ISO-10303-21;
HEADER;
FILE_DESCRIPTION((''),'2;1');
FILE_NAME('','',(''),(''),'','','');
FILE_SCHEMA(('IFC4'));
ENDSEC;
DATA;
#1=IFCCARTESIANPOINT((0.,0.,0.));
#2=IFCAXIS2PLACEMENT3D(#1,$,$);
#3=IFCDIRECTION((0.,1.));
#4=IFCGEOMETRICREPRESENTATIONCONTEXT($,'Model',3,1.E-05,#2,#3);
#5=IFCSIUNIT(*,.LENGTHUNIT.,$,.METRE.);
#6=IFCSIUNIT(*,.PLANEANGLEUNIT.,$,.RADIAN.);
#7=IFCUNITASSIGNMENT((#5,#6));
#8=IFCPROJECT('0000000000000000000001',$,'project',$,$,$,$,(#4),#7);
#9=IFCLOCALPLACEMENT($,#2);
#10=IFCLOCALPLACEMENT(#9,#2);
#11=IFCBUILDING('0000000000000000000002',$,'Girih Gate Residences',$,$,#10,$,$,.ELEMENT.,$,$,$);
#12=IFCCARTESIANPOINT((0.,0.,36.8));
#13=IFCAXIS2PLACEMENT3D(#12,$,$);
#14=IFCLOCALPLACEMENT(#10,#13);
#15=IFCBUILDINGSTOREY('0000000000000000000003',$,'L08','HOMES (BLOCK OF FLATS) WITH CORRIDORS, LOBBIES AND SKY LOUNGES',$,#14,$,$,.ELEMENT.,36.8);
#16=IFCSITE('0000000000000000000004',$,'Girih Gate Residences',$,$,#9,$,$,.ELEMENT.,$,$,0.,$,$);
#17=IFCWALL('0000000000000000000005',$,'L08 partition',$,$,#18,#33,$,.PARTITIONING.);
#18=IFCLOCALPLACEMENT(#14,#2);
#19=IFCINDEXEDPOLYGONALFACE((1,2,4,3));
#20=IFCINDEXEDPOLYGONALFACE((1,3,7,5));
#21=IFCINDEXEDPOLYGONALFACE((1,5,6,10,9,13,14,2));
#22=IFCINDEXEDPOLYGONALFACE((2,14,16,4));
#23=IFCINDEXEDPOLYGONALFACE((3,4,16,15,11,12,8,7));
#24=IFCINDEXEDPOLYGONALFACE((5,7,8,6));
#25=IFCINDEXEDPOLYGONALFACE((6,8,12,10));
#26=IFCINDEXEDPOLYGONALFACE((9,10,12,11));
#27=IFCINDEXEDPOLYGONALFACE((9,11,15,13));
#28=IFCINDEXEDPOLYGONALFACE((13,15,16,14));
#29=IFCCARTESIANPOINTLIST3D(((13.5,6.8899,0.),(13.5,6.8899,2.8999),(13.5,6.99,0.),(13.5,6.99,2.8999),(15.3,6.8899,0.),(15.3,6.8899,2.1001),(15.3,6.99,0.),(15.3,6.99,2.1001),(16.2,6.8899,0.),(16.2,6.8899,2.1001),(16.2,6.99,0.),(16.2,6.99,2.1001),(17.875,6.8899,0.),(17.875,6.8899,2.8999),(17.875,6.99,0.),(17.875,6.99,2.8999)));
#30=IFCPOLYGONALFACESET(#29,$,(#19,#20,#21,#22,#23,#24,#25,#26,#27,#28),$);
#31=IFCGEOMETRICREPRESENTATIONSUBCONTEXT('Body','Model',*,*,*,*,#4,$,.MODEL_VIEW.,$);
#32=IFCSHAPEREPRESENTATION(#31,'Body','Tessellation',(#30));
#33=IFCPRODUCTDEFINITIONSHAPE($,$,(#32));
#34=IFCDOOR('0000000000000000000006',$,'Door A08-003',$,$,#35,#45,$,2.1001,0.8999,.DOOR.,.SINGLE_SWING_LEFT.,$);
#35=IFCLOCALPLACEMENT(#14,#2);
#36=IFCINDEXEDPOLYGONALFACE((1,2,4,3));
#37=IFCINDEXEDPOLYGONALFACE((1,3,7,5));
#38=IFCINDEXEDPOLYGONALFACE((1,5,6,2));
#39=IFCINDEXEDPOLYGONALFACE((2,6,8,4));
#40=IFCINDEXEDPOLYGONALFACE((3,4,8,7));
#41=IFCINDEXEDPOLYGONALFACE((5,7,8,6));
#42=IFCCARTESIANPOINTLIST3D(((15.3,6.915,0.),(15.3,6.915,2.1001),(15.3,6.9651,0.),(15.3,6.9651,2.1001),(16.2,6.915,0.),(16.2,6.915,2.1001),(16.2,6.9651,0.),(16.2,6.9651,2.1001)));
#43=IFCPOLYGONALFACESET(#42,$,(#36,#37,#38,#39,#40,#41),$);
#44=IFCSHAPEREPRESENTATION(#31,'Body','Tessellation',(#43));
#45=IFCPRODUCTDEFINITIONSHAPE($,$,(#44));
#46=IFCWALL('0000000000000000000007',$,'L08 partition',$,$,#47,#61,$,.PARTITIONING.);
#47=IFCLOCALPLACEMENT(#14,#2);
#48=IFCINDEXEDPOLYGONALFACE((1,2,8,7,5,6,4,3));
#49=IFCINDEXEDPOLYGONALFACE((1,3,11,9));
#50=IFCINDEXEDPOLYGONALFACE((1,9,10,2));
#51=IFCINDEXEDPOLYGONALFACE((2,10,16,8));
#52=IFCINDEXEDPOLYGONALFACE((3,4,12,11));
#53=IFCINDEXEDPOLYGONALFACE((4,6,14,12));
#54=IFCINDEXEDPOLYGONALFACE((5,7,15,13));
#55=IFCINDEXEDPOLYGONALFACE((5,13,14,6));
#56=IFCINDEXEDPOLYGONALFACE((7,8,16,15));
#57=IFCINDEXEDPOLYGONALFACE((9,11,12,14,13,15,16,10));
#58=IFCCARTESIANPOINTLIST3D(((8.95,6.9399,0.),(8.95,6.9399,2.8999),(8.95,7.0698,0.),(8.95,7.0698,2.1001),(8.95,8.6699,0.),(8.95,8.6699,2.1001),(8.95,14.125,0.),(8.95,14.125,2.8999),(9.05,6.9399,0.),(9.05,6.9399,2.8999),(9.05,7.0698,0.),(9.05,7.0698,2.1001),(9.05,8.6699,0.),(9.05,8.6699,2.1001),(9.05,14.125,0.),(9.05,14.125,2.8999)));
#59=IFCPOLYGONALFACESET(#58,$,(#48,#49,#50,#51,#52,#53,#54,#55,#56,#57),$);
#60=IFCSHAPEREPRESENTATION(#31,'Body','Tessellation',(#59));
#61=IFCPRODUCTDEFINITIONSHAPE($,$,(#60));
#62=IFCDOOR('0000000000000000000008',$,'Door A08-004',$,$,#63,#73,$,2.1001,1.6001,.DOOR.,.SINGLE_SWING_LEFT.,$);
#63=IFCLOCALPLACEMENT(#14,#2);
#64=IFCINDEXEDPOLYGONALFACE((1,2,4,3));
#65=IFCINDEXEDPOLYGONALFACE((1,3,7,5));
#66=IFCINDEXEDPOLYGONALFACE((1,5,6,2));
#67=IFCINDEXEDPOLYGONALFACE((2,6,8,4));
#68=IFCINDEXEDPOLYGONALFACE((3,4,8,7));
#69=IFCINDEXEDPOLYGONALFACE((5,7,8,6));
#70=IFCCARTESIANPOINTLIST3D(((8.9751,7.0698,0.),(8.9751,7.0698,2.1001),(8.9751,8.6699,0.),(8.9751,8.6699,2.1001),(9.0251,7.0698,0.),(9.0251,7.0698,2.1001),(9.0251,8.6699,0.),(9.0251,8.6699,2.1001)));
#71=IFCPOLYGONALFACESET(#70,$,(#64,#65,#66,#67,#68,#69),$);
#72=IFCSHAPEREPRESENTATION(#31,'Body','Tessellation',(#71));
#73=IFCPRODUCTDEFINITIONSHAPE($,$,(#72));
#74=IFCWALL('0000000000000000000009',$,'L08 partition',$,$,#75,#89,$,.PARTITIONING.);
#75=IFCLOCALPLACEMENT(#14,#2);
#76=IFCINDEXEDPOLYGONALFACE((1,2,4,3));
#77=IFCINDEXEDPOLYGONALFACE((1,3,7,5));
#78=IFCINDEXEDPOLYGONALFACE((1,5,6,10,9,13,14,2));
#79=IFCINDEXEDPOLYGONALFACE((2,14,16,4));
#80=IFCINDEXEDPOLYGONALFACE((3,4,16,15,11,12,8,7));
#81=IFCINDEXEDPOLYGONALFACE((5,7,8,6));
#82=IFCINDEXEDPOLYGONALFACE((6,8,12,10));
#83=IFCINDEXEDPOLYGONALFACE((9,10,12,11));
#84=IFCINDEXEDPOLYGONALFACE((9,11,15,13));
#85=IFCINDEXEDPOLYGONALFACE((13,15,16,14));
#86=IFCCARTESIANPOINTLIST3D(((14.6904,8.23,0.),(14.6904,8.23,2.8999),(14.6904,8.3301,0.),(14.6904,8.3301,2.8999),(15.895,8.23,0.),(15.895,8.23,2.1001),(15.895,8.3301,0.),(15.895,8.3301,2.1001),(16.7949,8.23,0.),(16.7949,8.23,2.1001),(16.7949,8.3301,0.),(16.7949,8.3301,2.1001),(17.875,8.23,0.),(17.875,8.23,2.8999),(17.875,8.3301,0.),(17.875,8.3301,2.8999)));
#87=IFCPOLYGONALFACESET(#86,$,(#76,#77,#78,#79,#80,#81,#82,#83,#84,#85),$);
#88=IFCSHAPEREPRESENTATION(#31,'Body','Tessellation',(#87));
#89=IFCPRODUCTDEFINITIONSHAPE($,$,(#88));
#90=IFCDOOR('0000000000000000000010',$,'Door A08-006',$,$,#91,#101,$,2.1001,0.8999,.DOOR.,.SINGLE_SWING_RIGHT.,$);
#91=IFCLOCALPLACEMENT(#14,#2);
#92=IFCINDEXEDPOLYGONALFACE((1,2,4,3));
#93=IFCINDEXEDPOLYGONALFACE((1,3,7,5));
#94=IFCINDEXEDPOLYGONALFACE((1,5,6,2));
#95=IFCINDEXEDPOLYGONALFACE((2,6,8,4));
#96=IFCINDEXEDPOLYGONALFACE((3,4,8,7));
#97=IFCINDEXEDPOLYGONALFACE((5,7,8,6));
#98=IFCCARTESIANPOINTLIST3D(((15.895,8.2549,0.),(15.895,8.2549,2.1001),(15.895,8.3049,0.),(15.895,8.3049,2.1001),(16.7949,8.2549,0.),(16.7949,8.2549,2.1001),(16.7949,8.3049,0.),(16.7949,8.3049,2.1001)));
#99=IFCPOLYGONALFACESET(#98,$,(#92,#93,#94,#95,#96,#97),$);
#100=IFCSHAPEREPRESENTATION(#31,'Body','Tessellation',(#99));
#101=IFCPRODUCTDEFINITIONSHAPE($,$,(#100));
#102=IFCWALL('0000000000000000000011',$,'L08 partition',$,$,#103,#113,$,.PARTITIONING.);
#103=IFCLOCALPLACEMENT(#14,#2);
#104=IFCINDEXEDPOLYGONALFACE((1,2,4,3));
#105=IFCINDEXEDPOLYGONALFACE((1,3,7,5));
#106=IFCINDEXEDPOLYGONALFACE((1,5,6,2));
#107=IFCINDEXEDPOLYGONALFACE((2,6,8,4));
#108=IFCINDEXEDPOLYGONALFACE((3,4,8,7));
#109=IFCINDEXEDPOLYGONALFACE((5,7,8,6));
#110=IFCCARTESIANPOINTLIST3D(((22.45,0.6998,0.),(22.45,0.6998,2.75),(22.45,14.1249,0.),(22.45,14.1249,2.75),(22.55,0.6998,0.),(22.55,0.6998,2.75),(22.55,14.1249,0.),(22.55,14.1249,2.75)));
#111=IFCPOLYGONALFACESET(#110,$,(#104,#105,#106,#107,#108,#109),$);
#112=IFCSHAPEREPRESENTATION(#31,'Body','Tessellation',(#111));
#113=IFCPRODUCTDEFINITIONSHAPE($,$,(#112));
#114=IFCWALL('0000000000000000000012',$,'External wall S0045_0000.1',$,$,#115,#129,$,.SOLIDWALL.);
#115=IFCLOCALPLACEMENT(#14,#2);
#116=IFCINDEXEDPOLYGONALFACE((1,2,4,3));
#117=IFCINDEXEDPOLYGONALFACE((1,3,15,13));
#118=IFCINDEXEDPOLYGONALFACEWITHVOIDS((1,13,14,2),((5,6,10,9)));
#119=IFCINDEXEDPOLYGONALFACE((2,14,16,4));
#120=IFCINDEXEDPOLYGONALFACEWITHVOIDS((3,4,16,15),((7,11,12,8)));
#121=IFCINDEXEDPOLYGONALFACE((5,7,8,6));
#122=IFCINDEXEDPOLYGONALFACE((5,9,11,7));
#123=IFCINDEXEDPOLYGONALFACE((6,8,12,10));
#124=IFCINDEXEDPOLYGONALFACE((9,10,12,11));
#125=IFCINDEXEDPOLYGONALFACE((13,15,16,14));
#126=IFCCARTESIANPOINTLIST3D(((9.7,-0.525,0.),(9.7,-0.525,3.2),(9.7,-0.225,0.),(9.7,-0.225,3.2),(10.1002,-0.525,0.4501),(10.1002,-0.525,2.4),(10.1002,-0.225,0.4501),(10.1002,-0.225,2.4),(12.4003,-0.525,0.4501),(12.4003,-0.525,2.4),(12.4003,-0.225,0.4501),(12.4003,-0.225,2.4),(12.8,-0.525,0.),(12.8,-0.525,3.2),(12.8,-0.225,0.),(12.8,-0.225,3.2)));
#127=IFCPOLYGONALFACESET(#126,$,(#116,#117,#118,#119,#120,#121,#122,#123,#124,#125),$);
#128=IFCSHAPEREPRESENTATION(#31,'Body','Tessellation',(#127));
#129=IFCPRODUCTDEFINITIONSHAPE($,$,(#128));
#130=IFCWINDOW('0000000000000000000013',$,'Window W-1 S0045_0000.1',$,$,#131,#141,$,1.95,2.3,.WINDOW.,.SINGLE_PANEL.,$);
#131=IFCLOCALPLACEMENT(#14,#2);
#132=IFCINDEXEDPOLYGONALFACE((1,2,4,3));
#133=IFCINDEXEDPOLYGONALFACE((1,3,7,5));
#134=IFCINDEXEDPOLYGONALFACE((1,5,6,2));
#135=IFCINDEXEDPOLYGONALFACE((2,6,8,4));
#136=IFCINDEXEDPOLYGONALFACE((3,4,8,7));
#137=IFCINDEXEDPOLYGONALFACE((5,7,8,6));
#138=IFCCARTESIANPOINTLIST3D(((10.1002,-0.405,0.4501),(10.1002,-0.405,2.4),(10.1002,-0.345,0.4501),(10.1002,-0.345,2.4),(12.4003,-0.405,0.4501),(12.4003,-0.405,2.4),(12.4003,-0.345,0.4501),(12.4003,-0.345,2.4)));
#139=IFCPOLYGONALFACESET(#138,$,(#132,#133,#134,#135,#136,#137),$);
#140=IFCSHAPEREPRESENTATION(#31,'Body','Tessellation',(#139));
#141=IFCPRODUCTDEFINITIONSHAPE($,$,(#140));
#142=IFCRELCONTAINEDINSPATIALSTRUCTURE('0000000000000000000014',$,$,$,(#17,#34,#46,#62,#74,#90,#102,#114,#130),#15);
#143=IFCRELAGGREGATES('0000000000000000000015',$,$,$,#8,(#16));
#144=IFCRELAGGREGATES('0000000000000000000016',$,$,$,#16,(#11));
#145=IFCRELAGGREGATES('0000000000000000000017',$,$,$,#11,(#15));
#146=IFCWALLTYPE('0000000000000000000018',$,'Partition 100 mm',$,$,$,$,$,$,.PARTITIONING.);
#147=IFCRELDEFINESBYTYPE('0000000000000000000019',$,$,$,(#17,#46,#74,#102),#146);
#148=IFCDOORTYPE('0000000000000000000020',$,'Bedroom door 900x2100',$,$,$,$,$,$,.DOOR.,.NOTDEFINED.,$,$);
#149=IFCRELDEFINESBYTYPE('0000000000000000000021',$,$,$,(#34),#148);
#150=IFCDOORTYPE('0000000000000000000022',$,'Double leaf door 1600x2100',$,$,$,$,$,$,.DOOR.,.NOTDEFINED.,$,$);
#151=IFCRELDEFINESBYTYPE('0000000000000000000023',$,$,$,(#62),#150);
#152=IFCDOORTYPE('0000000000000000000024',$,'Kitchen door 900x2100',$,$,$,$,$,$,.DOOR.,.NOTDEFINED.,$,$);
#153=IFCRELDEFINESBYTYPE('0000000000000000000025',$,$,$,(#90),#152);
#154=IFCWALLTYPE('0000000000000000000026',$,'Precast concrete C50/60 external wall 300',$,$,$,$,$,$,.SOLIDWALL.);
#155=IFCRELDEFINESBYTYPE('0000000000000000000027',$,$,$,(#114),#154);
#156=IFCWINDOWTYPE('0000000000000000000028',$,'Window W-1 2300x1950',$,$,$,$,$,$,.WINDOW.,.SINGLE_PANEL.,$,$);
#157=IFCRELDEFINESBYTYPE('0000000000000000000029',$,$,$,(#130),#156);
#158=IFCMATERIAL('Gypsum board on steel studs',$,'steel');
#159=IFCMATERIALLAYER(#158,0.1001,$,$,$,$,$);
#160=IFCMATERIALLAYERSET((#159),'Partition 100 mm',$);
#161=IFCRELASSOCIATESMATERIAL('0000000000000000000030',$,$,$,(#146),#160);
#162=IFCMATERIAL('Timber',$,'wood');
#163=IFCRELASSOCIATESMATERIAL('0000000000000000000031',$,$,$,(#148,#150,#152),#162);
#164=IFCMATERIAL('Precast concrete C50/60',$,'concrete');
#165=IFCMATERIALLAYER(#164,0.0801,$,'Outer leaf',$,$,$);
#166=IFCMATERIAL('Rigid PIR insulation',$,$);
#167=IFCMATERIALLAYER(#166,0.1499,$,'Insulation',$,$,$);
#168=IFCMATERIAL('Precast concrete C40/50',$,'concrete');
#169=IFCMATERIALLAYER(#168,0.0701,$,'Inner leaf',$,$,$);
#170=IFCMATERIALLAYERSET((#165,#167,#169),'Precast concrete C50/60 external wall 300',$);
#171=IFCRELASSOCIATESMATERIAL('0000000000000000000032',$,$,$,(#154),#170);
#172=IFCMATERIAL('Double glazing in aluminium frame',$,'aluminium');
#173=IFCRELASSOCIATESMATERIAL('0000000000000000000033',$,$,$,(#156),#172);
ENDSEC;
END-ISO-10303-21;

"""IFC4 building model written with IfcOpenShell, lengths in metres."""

from ifc_helpers import new_model, si_unit, direction, frame, frame_2d, origin, place, context, subcontext, project, spatial, rectangle, extrude, material, layer, layer_set, type_object, element, fill, save


model = new_model("IFC4")

# Units and contexts
model_context = context("Model", 3, precision=1e-05, world=origin(), true_north=direction((0.0, 1.0)))
body_context = subcontext(model_context, "Body", "Model", "MODEL_VIEW")
ifc_project = project(units=[si_unit("LENGTHUNIT", "METRE"), si_unit("PLANEANGLEUNIT", "RADIAN")], contexts=[model_context])

# Site, building, storey
site_placement = place(None, origin())
site = spatial("IfcSite", under=ifc_project, at=site_placement, Name="Girih Gate Residences", CompositionType="ELEMENT", RefElevation=0.0)
building_placement = place(site_placement, origin())
building = spatial("IfcBuilding", under=site, at=building_placement, Name="Girih Gate Residences", CompositionType="ELEMENT")
storey_placement = place(building_placement, frame((0.0, 0.0, 36.8)))
storey = spatial("IfcBuildingStorey", under=building, at=storey_placement, Name="L08", Description="HOMES (BLOCK OF FLATS) WITH CORRIDORS, LOBBIES AND SKY LOUNGES", CompositionType="ELEMENT", Elevation=36.8)

# Shared definitions
ifc_material_1 = material(Name="Gypsum board on steel studs", Category="steel")
ifc_layer_1 = layer(ifc_material_1, 0.1001)
ifc_layer_set_1 = layer_set([ifc_layer_1], Name="Partition 100 mm")
wall_type_1 = type_object("IfcWallType", Name="Partition 100 mm", PredefinedType="PARTITIONING", material=ifc_layer_set_1)

# Shared definitions
ifc_material_2 = material(Name="Timber", Category="wood")
door_type_1 = type_object("IfcDoorType", Name="Bedroom door 900x2100", OperationType="NOTDEFINED", PredefinedType="DOOR", material=ifc_material_2)

# Walls, openings, doors
wall_1_placement = place(storey_placement, frame((17.875, 6.9399, 0.0), z_axis=(0.0, 0.0, 1.0), x_axis=(-1.0, 0.0, 0.0)))
wall_1 = element("IfcWall", 1, at=wall_1_placement, inside=storey, type_object=wall_type_1, Name="L08 partition", PredefinedType="PARTITIONING", context=body_context, shape_type="SweptSolid", body=[
    extrude(rectangle(XDim=4.375, YDim=0.1001, at=frame_2d((2.1875, 0.0))), origin(), (0.0, 0.0, 1.0), 2.8999),
])
opening_1_placement = place(wall_1_placement, frame((1.675, 0.0, 0.0)))
opening_1 = element("IfcOpeningElement", 2, at=opening_1_placement, cuts=wall_1, PredefinedType="OPENING", context=body_context, shape_type="SweptSolid", body=[
    extrude(rectangle(XDim=0.8999, YDim=2.1001, at=frame_2d((0.45, 1.05))), frame((0.0, 0.0601, 0.0), z_axis=(0.0, -1.0, 0.0), x_axis=(1.0, 0.0, 0.0)), (0.0, 0.0, 1.0), 0.1201),
])
door_1_placement = place(opening_1_placement, origin())
door_1 = element("IfcDoor", 3, at=door_1_placement, inside=storey, type_object=door_type_1, Name="Door A08-003", OperationType="SINGLE_SWING_LEFT", OverallHeight=2.1001, OverallWidth=0.8999, PredefinedType="DOOR", context=body_context, shape_type="SweptSolid", body=[
    extrude(rectangle(XDim=0.8999, YDim=2.1001, at=frame_2d((0.45, 1.05))), frame((0.0, 0.0249, 0.0), z_axis=(0.0, -1.0, 0.0), x_axis=(1.0, 0.0, 0.0)), (0.0, 0.0, 1.0), 0.05),
])
fill(opening_1, door_1)
wall_2_placement = place(storey_placement, frame((9.0, 6.9399, 0.0), z_axis=(0.0, 0.0, 1.0), x_axis=(0.0, 1.0, 0.0)))
wall_2 = element("IfcWall", 4, at=wall_2_placement, inside=storey, type_object=wall_type_1, Name="L08 partition", PredefinedType="PARTITIONING", context=body_context, shape_type="SweptSolid", body=[
    extrude(rectangle(XDim=7.1851, YDim=0.1001, at=frame_2d((3.5925, 0.0))), origin(), (0.0, 0.0, 1.0), 2.8999),
])
opening_2_placement = place(wall_2_placement, frame((0.1299, 0.0, 0.0)))
opening_2 = element("IfcOpeningElement", 5, at=opening_2_placement, cuts=wall_2, PredefinedType="OPENING", context=body_context, shape_type="SweptSolid", body=[
    extrude(rectangle(XDim=1.6001, YDim=2.1001, at=frame_2d((0.8, 1.05))), frame((0.0, 0.0601, 0.0), z_axis=(0.0, -1.0, 0.0), x_axis=(1.0, 0.0, 0.0)), (0.0, 0.0, 1.0), 0.1201),
])
door_type_2 = type_object("IfcDoorType", Name="Double leaf door 1600x2100", OperationType="NOTDEFINED", PredefinedType="DOOR", material=ifc_material_2)
door_2_placement = place(opening_2_placement, origin())
door_2 = element("IfcDoor", 6, at=door_2_placement, inside=storey, type_object=door_type_2, Name="Door A08-004", OperationType="SINGLE_SWING_LEFT", OverallHeight=2.1001, OverallWidth=1.6001, PredefinedType="DOOR", context=body_context, shape_type="SweptSolid", body=[
    extrude(rectangle(XDim=1.6001, YDim=2.1001, at=frame_2d((0.8, 1.05))), frame((0.0, 0.0249, 0.0), z_axis=(0.0, -1.0, 0.0), x_axis=(1.0, 0.0, 0.0)), (0.0, 0.0, 1.0), 0.05),
])
fill(opening_2, door_2)
wall_3_placement = place(storey_placement, frame((14.6904, 8.28, 0.0), z_axis=(0.0, 0.0, 1.0), x_axis=(1.0, 0.0, 0.0)))
wall_3 = element("IfcWall", 7, at=wall_3_placement, inside=storey, type_object=wall_type_1, Name="L08 partition", PredefinedType="PARTITIONING", context=body_context, shape_type="SweptSolid", body=[
    extrude(rectangle(XDim=3.1846, YDim=0.1001, at=frame_2d((1.5923, 0.0))), origin(), (0.0, 0.0, 1.0), 2.8999),
])
opening_3_placement = place(wall_3_placement, frame((1.2046, 0.0, 0.0)))
opening_3 = element("IfcOpeningElement", 8, at=opening_3_placement, cuts=wall_3, PredefinedType="OPENING", context=body_context, shape_type="SweptSolid", body=[
    extrude(rectangle(XDim=0.8999, YDim=2.1001, at=frame_2d((0.45, 1.05))), frame((0.0, 0.0601, 0.0), z_axis=(0.0, -1.0, 0.0), x_axis=(1.0, 0.0, 0.0)), (0.0, 0.0, 1.0), 0.1201),
])
door_type_3 = type_object("IfcDoorType", Name="Kitchen door 900x2100", OperationType="NOTDEFINED", PredefinedType="DOOR", material=ifc_material_2)
door_3_placement = place(opening_3_placement, origin())
door_3 = element("IfcDoor", 9, at=door_3_placement, inside=storey, type_object=door_type_3, Name="Door A08-006", OperationType="SINGLE_SWING_RIGHT", OverallHeight=2.1001, OverallWidth=0.8999, PredefinedType="DOOR", context=body_context, shape_type="SweptSolid", body=[
    extrude(rectangle(XDim=0.8999, YDim=2.1001, at=frame_2d((0.45, 1.05))), frame((0.0, 0.0249, 0.0), z_axis=(0.0, -1.0, 0.0), x_axis=(1.0, 0.0, 0.0)), (0.0, 0.0, 1.0), 0.05),
])
fill(opening_3, door_3)

# Wall
wall_4_placement = place(storey_placement, frame((22.5, 0.7, 0.0), z_axis=(0.0, 0.0, 1.0), x_axis=(0.0, 1.0, 0.0)))
element("IfcWall", 10, at=wall_4_placement, inside=storey, type_object=wall_type_1, Name="L08 partition", PredefinedType="PARTITIONING", context=body_context, shape_type="SweptSolid", body=[
    extrude(rectangle(XDim=13.425, YDim=0.1001, at=frame_2d((6.7124, 0.0))), origin(), (0.0, 0.0, 1.0), 2.75),
])

# Wall, opening, window
ifc_material_3 = material(Name="Precast concrete C50/60", Category="concrete")
ifc_layer_2 = layer(ifc_material_3, 0.0801, Name="Outer leaf")
ifc_material_4 = material(Name="Rigid PIR insulation")
ifc_layer_3 = layer(ifc_material_4, 0.1499, Name="Insulation")
ifc_material_5 = material(Name="Precast concrete C40/50", Category="concrete")
ifc_layer_4 = layer(ifc_material_5, 0.0701, Name="Inner leaf")
ifc_layer_set_2 = layer_set([ifc_layer_2, ifc_layer_3, ifc_layer_4], Name="Precast concrete C50/60 external wall 300")
wall_type_2 = type_object("IfcWallType", Name="Precast concrete C50/60 external wall 300", PredefinedType="SOLIDWALL", material=ifc_layer_set_2)
wall_5_placement = place(storey_placement, frame((12.8, -0.375, 0.0), z_axis=(0.0, 0.0, 1.0), x_axis=(-1.0, 0.0, 0.0)))
wall_5 = element("IfcWall", 11, at=wall_5_placement, inside=storey, type_object=wall_type_2, Name="External wall S0045_0000.1", PredefinedType="SOLIDWALL", context=body_context, shape_type="SweptSolid", body=[
    extrude(rectangle(XDim=3.1001, YDim=0.3, at=frame_2d((1.55, 0.0))), origin(), (0.0, 0.0, 1.0), 3.2),
])
opening_4_placement = place(wall_5_placement, frame((0.3999, 0.0, 0.45)))
opening_4 = element("IfcOpeningElement", 12, at=opening_4_placement, cuts=wall_5, PredefinedType="OPENING", context=body_context, shape_type="SweptSolid", body=[
    extrude(rectangle(XDim=2.3, YDim=1.95, at=frame_2d((1.1499, 0.9751))), frame((0.0, 0.1599, 0.0), z_axis=(0.0, -1.0, 0.0), x_axis=(1.0, 0.0, 0.0)), (0.0, 0.0, 1.0), 0.3201),
])
ifc_material_6 = material(Name="Double glazing in aluminium frame", Category="aluminium")
window_type = type_object("IfcWindowType", Name="Window W-1 2300x1950", PartitioningType="SINGLE_PANEL", PredefinedType="WINDOW", material=ifc_material_6)
window_1_placement = place(opening_4_placement, origin())
window_1 = element("IfcWindow", 13, at=window_1_placement, inside=storey, type_object=window_type, Name="Window W-1 S0045_0000.1", OverallHeight=1.95, OverallWidth=2.3, PartitioningType="SINGLE_PANEL", PredefinedType="WINDOW", context=body_context, shape_type="SweptSolid", body=[
    extrude(rectangle(XDim=2.3, YDim=1.95, at=frame_2d((1.1499, 0.9751))), frame((0.0, 0.03, 0.0), z_axis=(0.0, -1.0, 0.0), x_axis=(1.0, 0.0, 0.0)), (0.0, 0.0, 1.0), 0.0601),
])
fill(opening_4, window_1)

save(model, "model.ifc")
